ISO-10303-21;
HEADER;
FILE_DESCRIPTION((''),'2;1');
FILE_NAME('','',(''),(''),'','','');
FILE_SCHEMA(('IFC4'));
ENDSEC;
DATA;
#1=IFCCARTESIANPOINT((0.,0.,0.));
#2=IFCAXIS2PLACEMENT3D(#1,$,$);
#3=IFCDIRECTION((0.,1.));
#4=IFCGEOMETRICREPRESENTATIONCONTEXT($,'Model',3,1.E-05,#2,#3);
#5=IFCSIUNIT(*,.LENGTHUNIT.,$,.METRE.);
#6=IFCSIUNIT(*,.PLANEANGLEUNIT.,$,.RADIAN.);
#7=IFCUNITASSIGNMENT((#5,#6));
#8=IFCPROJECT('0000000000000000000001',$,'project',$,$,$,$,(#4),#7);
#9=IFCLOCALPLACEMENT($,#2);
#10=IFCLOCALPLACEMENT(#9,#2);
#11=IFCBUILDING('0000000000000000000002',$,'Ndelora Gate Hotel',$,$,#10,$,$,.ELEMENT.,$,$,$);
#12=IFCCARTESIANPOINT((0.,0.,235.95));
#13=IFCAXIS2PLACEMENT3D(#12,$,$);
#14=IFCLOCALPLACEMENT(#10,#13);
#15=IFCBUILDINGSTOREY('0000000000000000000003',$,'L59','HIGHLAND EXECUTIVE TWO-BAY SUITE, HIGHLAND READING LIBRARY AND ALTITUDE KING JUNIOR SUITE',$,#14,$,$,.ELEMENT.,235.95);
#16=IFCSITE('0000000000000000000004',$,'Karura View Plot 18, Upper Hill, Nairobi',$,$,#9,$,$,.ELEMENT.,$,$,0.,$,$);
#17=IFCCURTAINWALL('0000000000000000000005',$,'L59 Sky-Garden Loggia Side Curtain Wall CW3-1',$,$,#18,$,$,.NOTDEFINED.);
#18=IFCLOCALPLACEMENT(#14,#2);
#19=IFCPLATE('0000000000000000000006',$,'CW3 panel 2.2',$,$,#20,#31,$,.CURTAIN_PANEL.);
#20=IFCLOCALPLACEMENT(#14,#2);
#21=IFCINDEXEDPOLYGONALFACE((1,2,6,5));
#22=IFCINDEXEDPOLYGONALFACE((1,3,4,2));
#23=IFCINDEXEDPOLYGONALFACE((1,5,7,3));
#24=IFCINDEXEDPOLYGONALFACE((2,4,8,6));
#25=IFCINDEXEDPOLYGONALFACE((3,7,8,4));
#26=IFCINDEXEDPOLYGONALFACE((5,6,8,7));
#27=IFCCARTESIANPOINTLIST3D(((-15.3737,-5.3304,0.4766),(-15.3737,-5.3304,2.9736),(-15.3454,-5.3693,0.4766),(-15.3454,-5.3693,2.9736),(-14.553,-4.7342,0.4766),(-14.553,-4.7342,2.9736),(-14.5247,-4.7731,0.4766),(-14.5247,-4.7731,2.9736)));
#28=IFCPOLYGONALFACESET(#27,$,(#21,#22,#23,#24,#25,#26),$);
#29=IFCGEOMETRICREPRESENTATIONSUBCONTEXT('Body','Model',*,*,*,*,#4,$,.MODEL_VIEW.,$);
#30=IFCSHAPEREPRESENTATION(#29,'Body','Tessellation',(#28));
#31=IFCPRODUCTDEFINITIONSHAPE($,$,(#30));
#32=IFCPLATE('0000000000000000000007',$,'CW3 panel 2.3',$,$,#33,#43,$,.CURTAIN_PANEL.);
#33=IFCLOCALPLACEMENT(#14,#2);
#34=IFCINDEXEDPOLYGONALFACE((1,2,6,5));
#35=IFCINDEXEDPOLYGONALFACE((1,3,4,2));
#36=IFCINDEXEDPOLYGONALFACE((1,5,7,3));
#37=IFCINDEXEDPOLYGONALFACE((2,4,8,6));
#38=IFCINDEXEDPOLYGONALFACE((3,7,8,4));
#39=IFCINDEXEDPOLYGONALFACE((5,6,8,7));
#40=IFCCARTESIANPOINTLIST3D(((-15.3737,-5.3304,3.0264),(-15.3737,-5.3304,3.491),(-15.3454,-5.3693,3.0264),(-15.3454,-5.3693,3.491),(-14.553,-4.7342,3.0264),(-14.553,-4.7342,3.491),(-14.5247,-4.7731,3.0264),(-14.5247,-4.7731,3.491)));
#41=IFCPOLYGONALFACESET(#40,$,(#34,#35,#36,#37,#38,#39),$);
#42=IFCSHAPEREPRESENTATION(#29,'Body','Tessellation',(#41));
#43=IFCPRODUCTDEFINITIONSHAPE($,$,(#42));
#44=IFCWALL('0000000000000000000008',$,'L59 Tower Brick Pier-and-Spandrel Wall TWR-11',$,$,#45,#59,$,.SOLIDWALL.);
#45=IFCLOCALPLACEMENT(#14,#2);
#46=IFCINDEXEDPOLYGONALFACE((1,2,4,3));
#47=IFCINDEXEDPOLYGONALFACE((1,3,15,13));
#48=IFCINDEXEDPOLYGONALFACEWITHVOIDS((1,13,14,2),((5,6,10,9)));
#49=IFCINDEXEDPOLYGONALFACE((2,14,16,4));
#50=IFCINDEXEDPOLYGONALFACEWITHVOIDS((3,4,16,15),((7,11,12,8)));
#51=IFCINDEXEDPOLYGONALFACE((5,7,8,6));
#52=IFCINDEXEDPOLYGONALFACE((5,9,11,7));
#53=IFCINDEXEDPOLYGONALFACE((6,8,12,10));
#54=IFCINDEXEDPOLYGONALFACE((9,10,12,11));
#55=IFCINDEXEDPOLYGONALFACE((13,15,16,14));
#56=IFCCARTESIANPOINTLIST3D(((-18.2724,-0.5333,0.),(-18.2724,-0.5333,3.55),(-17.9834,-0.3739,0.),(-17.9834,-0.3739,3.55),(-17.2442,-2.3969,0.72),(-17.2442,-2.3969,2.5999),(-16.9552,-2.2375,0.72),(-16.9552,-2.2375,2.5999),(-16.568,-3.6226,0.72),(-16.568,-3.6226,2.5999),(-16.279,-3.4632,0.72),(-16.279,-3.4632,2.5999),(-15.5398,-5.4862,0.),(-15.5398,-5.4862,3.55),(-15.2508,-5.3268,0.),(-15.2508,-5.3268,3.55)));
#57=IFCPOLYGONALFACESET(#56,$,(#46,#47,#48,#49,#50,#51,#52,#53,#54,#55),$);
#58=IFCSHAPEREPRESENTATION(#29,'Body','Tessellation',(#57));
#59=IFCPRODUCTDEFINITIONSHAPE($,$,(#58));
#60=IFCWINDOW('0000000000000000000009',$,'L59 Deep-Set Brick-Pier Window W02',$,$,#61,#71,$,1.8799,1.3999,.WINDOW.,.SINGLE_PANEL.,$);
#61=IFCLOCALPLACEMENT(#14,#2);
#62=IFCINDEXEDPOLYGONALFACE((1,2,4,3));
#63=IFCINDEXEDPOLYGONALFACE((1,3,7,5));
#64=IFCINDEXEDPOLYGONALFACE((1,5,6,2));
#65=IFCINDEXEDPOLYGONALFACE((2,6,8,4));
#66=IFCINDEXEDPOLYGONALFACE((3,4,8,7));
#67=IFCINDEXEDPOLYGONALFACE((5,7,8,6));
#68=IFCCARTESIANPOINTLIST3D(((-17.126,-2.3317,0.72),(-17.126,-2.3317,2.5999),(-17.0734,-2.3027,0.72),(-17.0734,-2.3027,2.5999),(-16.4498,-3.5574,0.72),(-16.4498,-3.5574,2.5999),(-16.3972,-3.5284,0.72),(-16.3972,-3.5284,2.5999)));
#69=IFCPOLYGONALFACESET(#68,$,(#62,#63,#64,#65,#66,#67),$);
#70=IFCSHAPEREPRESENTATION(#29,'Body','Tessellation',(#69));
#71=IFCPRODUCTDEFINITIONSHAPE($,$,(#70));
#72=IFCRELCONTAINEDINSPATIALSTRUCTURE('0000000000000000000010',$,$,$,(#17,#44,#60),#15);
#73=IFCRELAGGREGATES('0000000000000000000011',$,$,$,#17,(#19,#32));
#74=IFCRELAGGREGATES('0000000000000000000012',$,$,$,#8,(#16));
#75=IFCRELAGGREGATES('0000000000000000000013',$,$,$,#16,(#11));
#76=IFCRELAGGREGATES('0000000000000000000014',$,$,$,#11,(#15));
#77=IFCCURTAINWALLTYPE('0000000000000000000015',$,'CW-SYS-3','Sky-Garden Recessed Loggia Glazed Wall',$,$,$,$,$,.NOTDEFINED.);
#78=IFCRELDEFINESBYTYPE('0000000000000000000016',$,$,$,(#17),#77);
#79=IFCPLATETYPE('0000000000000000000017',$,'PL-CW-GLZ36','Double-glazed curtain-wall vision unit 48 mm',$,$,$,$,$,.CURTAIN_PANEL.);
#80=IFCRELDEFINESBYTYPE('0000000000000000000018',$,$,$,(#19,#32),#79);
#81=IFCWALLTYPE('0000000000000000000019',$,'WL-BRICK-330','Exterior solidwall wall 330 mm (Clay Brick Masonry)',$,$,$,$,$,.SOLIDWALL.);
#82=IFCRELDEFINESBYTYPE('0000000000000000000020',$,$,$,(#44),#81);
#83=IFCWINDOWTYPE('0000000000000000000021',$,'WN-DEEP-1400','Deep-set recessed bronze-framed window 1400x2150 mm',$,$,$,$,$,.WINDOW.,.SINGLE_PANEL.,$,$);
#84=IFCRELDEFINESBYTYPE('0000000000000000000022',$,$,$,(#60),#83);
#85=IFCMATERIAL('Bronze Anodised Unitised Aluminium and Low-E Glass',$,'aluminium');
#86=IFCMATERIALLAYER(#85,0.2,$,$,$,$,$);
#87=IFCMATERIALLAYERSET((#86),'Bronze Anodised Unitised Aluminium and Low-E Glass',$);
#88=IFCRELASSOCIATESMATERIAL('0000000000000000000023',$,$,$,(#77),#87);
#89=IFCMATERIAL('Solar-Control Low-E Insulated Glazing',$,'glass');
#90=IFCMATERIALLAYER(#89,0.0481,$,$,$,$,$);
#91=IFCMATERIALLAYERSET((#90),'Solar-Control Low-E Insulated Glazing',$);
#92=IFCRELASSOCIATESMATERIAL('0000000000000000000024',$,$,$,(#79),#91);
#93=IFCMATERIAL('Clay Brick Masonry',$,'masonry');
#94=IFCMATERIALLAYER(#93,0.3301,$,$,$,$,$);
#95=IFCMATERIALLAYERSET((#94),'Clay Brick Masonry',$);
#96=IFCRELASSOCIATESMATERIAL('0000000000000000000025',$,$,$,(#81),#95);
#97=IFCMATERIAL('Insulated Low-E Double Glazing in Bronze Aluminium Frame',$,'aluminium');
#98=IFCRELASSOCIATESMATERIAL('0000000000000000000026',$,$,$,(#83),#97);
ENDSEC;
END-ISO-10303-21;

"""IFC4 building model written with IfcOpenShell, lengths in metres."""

from ifc_helpers import new_model, si_unit, direction, frame, frame_2d, origin, origin_2d, place, context, subcontext, project, spatial, rectangle, extrude, material, layer, layer_set, type_object, element, fill, aggregate, save


model = new_model("IFC4")

# Units and contexts
model_context = context("Model", 3, precision=1e-05, world=origin(), true_north=direction((0.0, 1.0)))
body_context = subcontext(model_context, "Body", "Model", "MODEL_VIEW")
ifc_project = project(units=[si_unit("LENGTHUNIT", "METRE"), si_unit("PLANEANGLEUNIT", "RADIAN")], contexts=[model_context])

# Site, building, storey
site_placement = place(None, origin())
site = spatial("IfcSite", under=ifc_project, at=site_placement, Name="Karura View Plot 18, Upper Hill, Nairobi", CompositionType="ELEMENT", RefElevation=0.0)
building_placement = place(site_placement, origin())
building = spatial("IfcBuilding", under=site, at=building_placement, Name="Ndelora Gate Hotel", CompositionType="ELEMENT")
storey_placement = place(building_placement, frame((0.0, 0.0, 235.95)))
storey = spatial("IfcBuildingStorey", under=building, at=storey_placement, Name="L59", Description="HIGHLAND EXECUTIVE TWO-BAY SUITE, HIGHLAND READING LIBRARY AND ALTITUDE KING JUNIOR SUITE", CompositionType="ELEMENT", Elevation=235.95)

# Curtain wall, plates
ifc_material_1 = material(Name="Bronze Anodised Unitised Aluminium and Low-E Glass", Category="aluminium")
ifc_layer_1 = layer(ifc_material_1, 0.2)
ifc_layer_set_1 = layer_set([ifc_layer_1], Name="Bronze Anodised Unitised Aluminium and Low-E Glass")
curtain_wall_type = type_object("IfcCurtainWallType", Name="CW-SYS-3", Description="Sky-Garden Recessed Loggia Glazed Wall", PredefinedType="NOTDEFINED", material=ifc_layer_set_1)
curtain_wall_placement = place(storey_placement, origin())
curtain_wall = element("IfcCurtainWall", 1, at=curtain_wall_placement, inside=storey, type_object=curtain_wall_type, Name="L59 Sky-Garden Loggia Side Curtain Wall CW3-1", PredefinedType="NOTDEFINED")
ifc_material_2 = material(Name="Solar-Control Low-E Insulated Glazing", Category="glass")
ifc_layer_2 = layer(ifc_material_2, 0.0481)
ifc_layer_set_2 = layer_set([ifc_layer_2], Name="Solar-Control Low-E Insulated Glazing")
plate_type = type_object("IfcPlateType", Name="PL-CW-GLZ36", Description="Double-glazed curtain-wall vision unit 48 mm", PredefinedType="CURTAIN_PANEL", material=ifc_layer_set_2)
plate_1_placement = place(storey_placement, frame((-14.9492, -5.0518, 0.4766), z_axis=(0.0, 0.0, 1.0), x_axis=(-0.809017, -0.587785, 0.0)))
plate_1 = element("IfcPlate", 2, at=plate_1_placement, type_object=plate_type, Name="CW3 panel 2.2", PredefinedType="CURTAIN_PANEL", context=body_context, shape_type="SweptSolid", body=[
    extrude(rectangle(XDim=1.0144, YDim=0.0481, at=origin_2d()), origin(), (0.0, 0.0, 1.0), 2.4971),
])
plate_2_placement = place(storey_placement, frame((-14.9492, -5.0518, 3.0264), z_axis=(0.0, 0.0, 1.0), x_axis=(-0.809017, -0.587785, 0.0)))
plate_2 = element("IfcPlate", 3, at=plate_2_placement, type_object=plate_type, Name="CW3 panel 2.3", PredefinedType="CURTAIN_PANEL", context=body_context, shape_type="SweptSolid", body=[
    extrude(rectangle(XDim=1.0144, YDim=0.0481, at=origin_2d()), origin(), (0.0, 0.0, 1.0), 0.4646),
])
aggregate(curtain_wall, [plate_1, plate_2])

# Wall, opening, window
ifc_material_3 = material(Name="Clay Brick Masonry", Category="masonry")
ifc_layer_3 = layer(ifc_material_3, 0.3301)
ifc_layer_set_3 = layer_set([ifc_layer_3], Name="Clay Brick Masonry")
wall_type = type_object("IfcWallType", Name="WL-BRICK-330", Description="Exterior solidwall wall 330 mm (Clay Brick Masonry)", PredefinedType="SOLIDWALL", material=ifc_layer_set_3)
wall_placement = place(storey_placement, frame((-15.3953, -5.4065, 0.0), z_axis=(0.0, 0.0, 1.0), x_axis=(-0.483083, 0.875575, 0.0)))
wall = element("IfcWall", 4, at=wall_placement, inside=storey, type_object=wall_type, Name="L59 Tower Brick Pier-and-Spandrel Wall TWR-11", PredefinedType="SOLIDWALL", context=body_context, shape_type="SweptSolid", body=[
    extrude(rectangle(XDim=5.6567, YDim=0.3301, at=frame_2d((2.8284, 0.0))), origin(), (0.0, 0.0, 1.0), 3.55),
])
opening_placement = place(wall_placement, frame((2.1284, 0.0, 0.72)))
opening = element("IfcOpeningElement", 5, at=opening_placement, cuts=wall, PredefinedType="OPENING", context=body_context, shape_type="SweptSolid", body=[
    extrude(rectangle(XDim=1.3999, YDim=1.8799, at=frame_2d((0.7, 0.9399))), frame((0.0, 0.175, 0.0), z_axis=(0.0, -1.0, 0.0), x_axis=(1.0, 0.0, 0.0)), (0.0, 0.0, 1.0), 0.3501),
])
ifc_material_4 = material(Name="Insulated Low-E Double Glazing in Bronze Aluminium Frame", Category="aluminium")
window_type = type_object("IfcWindowType", Name="WN-DEEP-1400", Description="Deep-set recessed bronze-framed window 1400x2150 mm", PartitioningType="SINGLE_PANEL", PredefinedType="WINDOW", material=ifc_material_4)
window_placement = place(opening_placement, origin())
window = element("IfcWindow", 6, at=window_placement, inside=storey, type_object=window_type, Name="L59 Deep-Set Brick-Pier Window W02", OverallHeight=1.8799, OverallWidth=1.3999, PartitioningType="SINGLE_PANEL", PredefinedType="WINDOW", context=body_context, shape_type="SweptSolid", body=[
    extrude(rectangle(XDim=1.3999, YDim=1.8799, at=frame_2d((0.7, 0.9399))), frame((0.0, 0.03, 0.0), z_axis=(0.0, -1.0, 0.0), x_axis=(1.0, 0.0, 0.0)), (0.0, 0.0, 1.0), 0.0601),
])
fill(opening, window)

save(model, "model.ifc")
